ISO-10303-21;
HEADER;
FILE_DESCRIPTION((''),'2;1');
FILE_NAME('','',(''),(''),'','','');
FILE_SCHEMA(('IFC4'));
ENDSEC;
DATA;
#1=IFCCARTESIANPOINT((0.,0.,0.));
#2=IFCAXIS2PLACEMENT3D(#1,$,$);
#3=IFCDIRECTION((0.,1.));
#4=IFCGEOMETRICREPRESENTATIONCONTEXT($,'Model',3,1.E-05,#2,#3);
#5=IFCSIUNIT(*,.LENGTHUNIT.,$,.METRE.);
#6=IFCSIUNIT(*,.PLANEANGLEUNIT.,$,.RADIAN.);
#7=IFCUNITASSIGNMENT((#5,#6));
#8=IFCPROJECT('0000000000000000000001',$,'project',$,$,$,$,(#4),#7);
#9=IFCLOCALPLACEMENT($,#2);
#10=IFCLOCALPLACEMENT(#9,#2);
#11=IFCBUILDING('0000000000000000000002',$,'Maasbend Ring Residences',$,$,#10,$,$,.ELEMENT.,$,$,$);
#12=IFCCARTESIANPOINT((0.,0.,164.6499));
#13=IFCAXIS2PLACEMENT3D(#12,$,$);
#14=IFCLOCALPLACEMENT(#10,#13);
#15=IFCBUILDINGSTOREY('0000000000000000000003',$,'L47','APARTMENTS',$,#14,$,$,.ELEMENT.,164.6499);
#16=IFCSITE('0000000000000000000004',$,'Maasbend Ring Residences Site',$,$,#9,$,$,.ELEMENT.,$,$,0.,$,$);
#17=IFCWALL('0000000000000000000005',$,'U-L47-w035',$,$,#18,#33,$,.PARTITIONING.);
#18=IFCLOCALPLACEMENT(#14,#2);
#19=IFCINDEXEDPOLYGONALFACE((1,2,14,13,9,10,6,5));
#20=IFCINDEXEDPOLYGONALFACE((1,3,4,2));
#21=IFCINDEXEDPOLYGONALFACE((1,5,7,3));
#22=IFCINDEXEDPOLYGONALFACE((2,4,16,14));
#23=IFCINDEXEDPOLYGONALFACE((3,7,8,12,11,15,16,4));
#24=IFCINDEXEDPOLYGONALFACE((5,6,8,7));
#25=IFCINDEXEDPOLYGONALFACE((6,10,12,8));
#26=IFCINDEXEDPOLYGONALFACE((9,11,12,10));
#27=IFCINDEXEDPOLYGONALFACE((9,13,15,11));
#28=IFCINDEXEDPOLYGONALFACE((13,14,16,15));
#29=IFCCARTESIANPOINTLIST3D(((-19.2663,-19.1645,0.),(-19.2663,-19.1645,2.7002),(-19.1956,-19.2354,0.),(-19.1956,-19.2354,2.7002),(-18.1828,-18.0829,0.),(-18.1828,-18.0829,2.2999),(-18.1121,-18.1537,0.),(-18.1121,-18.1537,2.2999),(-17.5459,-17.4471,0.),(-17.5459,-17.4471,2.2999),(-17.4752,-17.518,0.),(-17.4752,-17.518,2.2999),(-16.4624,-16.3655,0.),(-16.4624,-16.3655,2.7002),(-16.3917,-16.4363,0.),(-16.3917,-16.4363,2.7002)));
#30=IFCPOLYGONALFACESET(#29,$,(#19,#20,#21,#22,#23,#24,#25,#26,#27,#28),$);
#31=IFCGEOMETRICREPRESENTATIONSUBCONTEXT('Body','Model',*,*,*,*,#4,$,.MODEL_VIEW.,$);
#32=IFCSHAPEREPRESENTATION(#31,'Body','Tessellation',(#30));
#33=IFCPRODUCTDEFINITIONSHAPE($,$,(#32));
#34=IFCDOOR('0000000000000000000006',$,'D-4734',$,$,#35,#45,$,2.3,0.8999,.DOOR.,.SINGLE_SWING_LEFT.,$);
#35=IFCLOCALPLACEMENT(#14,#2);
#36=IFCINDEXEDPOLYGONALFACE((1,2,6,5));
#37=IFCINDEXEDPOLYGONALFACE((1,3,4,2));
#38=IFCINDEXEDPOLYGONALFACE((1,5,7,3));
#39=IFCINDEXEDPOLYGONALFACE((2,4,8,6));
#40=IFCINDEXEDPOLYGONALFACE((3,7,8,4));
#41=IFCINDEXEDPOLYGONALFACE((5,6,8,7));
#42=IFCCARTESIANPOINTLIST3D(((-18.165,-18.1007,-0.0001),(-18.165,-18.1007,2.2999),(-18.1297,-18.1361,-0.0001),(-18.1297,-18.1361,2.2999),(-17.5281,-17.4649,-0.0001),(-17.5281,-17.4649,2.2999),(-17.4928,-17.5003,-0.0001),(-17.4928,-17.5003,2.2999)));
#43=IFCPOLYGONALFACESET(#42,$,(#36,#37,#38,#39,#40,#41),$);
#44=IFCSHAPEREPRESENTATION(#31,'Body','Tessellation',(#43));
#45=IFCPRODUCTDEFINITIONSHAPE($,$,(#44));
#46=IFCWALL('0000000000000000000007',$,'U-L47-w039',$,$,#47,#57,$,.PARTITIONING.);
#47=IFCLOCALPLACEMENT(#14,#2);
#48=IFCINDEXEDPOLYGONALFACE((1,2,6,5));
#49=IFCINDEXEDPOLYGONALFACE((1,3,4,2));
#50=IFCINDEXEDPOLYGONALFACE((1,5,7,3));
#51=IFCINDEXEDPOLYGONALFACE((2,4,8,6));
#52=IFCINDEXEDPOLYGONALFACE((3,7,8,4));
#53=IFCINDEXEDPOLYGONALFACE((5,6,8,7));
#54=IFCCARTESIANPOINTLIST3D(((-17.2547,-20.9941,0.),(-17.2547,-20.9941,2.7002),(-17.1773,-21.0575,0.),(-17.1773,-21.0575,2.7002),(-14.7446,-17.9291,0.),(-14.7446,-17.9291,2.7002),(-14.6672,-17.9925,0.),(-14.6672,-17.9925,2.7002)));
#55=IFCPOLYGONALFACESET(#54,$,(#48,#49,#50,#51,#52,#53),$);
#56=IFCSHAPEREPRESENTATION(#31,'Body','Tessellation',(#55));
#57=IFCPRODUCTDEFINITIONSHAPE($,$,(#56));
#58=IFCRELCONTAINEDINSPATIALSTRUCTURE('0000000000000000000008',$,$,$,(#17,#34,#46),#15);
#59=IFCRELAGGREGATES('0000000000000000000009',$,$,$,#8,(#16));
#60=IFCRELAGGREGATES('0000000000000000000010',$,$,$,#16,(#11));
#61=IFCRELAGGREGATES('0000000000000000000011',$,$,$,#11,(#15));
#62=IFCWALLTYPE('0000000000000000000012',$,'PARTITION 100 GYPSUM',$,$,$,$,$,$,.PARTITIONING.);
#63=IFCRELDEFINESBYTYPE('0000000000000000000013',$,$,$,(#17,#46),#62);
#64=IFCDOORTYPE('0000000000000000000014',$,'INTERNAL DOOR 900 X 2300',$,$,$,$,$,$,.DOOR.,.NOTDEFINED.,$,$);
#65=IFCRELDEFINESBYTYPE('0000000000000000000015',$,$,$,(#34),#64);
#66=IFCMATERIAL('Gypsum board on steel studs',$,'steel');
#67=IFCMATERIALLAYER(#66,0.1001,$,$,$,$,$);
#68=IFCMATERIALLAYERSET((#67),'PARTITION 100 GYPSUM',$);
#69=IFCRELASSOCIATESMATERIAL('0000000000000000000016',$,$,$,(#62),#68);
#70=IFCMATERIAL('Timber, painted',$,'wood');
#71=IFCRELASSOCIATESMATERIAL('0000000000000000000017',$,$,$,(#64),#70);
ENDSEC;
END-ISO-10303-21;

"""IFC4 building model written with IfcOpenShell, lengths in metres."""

from ifc_helpers import new_model, si_unit, direction, frame, frame_2d, origin, place, context, subcontext, project, spatial, rectangle, extrude, material, layer, layer_set, type_object, element, fill, save


model = new_model("IFC4")

# Units and contexts
model_context = context("Model", 3, precision=1e-05, world=origin(), true_north=direction((0.0, 1.0)))
body_context = subcontext(model_context, "Body", "Model", "MODEL_VIEW")
ifc_project = project(units=[si_unit("LENGTHUNIT", "METRE"), si_unit("PLANEANGLEUNIT", "RADIAN")], contexts=[model_context])

# Site, building, storey
site_placement = place(None, origin())
site = spatial("IfcSite", under=ifc_project, at=site_placement, Name="Maasbend Ring Residences Site", CompositionType="ELEMENT", RefElevation=0.0)
building_placement = place(site_placement, origin())
building = spatial("IfcBuilding", under=site, at=building_placement, Name="Maasbend Ring Residences", CompositionType="ELEMENT")
storey_placement = place(building_placement, frame((0.0, 0.0, 164.6499)))
storey = spatial("IfcBuildingStorey", under=building, at=storey_placement, Name="L47", Description="APARTMENTS", CompositionType="ELEMENT", Elevation=164.6499)

# Wall, opening, door
ifc_material_1 = material(Name="Gypsum board on steel studs", Category="steel")
ifc_layer_1 = layer(ifc_material_1, 0.1001)
ifc_layer_set_1 = layer_set([ifc_layer_1], Name="PARTITION 100 GYPSUM")
wall_type_1 = type_object("IfcWallType", Name="PARTITION 100 GYPSUM", PredefinedType="PARTITIONING", material=ifc_layer_set_1)
wall_1_placement = place(storey_placement, frame((-19.231, -19.2, 0.0), z_axis=(0.0, 0.0, 1.0), x_axis=(0.707723, 0.70649, 0.0)))
wall_1 = element("IfcWall", 1, at=wall_1_placement, inside=storey, type_object=wall_type_1, Name="U-L47-w035", PredefinedType="PARTITIONING", context=body_context, shape_type="SweptSolid", body=[
    extrude(rectangle(XDim=3.9619, YDim=0.1001, at=frame_2d((1.981, 0.0))), origin(), (0.0, 0.0, 1.0), 2.7002),
])
opening_1_placement = place(wall_1_placement, frame((1.531, 0.0, 0.0)))
opening_1 = element("IfcOpeningElement", 2, at=opening_1_placement, cuts=wall_1, PredefinedType="OPENING", context=body_context, shape_type="SweptSolid", body=[
    extrude(rectangle(XDim=0.8999, YDim=2.3, at=frame_2d((0.45, 1.1499))), frame((0.0, 0.0601, 0.0), z_axis=(0.0, -1.0, 0.0), x_axis=(1.0, 0.0, 0.0)), (0.0, 0.0, 1.0), 0.1201),
])
ifc_material_2 = material(Name="Timber, painted", Category="wood")
door_type_1 = type_object("IfcDoorType", Name="INTERNAL DOOR 900 X 2300", OperationType="NOTDEFINED", PredefinedType="DOOR", material=ifc_material_2)
door_1_placement = place(opening_1_placement, origin())
door_1 = element("IfcDoor", 3, at=door_1_placement, inside=storey, type_object=door_type_1, Name="D-4734", OperationType="SINGLE_SWING_LEFT", OverallHeight=2.3, OverallWidth=0.8999, PredefinedType="DOOR", context=body_context, shape_type="SweptSolid", body=[
    extrude(rectangle(XDim=0.8999, YDim=2.3, at=frame_2d((0.45, 1.1499))), frame((0.0, 0.0249, 0.0), z_axis=(0.0, -1.0, 0.0), x_axis=(1.0, 0.0, 0.0)), (0.0, 0.0, 1.0), 0.05),
])
fill(opening_1, door_1)

# Wall
wall_2_placement = place(storey_placement, frame((-17.2161, -21.0259, 0.0), z_axis=(0.0, 0.0, 1.0), x_axis=(0.63359, 0.773669, 0.0)))
element("IfcWall", 4, at=wall_2_placement, inside=storey, type_object=wall_type_1, Name="U-L47-w039", PredefinedType="PARTITIONING", context=body_context, shape_type="SweptSolid", body=[
    extrude(rectangle(XDim=3.9617, YDim=0.1001, at=frame_2d((1.981, 0.0))), origin(), (0.0, 0.0, 1.0), 2.7002),
])

save(model, "model.ifc")
